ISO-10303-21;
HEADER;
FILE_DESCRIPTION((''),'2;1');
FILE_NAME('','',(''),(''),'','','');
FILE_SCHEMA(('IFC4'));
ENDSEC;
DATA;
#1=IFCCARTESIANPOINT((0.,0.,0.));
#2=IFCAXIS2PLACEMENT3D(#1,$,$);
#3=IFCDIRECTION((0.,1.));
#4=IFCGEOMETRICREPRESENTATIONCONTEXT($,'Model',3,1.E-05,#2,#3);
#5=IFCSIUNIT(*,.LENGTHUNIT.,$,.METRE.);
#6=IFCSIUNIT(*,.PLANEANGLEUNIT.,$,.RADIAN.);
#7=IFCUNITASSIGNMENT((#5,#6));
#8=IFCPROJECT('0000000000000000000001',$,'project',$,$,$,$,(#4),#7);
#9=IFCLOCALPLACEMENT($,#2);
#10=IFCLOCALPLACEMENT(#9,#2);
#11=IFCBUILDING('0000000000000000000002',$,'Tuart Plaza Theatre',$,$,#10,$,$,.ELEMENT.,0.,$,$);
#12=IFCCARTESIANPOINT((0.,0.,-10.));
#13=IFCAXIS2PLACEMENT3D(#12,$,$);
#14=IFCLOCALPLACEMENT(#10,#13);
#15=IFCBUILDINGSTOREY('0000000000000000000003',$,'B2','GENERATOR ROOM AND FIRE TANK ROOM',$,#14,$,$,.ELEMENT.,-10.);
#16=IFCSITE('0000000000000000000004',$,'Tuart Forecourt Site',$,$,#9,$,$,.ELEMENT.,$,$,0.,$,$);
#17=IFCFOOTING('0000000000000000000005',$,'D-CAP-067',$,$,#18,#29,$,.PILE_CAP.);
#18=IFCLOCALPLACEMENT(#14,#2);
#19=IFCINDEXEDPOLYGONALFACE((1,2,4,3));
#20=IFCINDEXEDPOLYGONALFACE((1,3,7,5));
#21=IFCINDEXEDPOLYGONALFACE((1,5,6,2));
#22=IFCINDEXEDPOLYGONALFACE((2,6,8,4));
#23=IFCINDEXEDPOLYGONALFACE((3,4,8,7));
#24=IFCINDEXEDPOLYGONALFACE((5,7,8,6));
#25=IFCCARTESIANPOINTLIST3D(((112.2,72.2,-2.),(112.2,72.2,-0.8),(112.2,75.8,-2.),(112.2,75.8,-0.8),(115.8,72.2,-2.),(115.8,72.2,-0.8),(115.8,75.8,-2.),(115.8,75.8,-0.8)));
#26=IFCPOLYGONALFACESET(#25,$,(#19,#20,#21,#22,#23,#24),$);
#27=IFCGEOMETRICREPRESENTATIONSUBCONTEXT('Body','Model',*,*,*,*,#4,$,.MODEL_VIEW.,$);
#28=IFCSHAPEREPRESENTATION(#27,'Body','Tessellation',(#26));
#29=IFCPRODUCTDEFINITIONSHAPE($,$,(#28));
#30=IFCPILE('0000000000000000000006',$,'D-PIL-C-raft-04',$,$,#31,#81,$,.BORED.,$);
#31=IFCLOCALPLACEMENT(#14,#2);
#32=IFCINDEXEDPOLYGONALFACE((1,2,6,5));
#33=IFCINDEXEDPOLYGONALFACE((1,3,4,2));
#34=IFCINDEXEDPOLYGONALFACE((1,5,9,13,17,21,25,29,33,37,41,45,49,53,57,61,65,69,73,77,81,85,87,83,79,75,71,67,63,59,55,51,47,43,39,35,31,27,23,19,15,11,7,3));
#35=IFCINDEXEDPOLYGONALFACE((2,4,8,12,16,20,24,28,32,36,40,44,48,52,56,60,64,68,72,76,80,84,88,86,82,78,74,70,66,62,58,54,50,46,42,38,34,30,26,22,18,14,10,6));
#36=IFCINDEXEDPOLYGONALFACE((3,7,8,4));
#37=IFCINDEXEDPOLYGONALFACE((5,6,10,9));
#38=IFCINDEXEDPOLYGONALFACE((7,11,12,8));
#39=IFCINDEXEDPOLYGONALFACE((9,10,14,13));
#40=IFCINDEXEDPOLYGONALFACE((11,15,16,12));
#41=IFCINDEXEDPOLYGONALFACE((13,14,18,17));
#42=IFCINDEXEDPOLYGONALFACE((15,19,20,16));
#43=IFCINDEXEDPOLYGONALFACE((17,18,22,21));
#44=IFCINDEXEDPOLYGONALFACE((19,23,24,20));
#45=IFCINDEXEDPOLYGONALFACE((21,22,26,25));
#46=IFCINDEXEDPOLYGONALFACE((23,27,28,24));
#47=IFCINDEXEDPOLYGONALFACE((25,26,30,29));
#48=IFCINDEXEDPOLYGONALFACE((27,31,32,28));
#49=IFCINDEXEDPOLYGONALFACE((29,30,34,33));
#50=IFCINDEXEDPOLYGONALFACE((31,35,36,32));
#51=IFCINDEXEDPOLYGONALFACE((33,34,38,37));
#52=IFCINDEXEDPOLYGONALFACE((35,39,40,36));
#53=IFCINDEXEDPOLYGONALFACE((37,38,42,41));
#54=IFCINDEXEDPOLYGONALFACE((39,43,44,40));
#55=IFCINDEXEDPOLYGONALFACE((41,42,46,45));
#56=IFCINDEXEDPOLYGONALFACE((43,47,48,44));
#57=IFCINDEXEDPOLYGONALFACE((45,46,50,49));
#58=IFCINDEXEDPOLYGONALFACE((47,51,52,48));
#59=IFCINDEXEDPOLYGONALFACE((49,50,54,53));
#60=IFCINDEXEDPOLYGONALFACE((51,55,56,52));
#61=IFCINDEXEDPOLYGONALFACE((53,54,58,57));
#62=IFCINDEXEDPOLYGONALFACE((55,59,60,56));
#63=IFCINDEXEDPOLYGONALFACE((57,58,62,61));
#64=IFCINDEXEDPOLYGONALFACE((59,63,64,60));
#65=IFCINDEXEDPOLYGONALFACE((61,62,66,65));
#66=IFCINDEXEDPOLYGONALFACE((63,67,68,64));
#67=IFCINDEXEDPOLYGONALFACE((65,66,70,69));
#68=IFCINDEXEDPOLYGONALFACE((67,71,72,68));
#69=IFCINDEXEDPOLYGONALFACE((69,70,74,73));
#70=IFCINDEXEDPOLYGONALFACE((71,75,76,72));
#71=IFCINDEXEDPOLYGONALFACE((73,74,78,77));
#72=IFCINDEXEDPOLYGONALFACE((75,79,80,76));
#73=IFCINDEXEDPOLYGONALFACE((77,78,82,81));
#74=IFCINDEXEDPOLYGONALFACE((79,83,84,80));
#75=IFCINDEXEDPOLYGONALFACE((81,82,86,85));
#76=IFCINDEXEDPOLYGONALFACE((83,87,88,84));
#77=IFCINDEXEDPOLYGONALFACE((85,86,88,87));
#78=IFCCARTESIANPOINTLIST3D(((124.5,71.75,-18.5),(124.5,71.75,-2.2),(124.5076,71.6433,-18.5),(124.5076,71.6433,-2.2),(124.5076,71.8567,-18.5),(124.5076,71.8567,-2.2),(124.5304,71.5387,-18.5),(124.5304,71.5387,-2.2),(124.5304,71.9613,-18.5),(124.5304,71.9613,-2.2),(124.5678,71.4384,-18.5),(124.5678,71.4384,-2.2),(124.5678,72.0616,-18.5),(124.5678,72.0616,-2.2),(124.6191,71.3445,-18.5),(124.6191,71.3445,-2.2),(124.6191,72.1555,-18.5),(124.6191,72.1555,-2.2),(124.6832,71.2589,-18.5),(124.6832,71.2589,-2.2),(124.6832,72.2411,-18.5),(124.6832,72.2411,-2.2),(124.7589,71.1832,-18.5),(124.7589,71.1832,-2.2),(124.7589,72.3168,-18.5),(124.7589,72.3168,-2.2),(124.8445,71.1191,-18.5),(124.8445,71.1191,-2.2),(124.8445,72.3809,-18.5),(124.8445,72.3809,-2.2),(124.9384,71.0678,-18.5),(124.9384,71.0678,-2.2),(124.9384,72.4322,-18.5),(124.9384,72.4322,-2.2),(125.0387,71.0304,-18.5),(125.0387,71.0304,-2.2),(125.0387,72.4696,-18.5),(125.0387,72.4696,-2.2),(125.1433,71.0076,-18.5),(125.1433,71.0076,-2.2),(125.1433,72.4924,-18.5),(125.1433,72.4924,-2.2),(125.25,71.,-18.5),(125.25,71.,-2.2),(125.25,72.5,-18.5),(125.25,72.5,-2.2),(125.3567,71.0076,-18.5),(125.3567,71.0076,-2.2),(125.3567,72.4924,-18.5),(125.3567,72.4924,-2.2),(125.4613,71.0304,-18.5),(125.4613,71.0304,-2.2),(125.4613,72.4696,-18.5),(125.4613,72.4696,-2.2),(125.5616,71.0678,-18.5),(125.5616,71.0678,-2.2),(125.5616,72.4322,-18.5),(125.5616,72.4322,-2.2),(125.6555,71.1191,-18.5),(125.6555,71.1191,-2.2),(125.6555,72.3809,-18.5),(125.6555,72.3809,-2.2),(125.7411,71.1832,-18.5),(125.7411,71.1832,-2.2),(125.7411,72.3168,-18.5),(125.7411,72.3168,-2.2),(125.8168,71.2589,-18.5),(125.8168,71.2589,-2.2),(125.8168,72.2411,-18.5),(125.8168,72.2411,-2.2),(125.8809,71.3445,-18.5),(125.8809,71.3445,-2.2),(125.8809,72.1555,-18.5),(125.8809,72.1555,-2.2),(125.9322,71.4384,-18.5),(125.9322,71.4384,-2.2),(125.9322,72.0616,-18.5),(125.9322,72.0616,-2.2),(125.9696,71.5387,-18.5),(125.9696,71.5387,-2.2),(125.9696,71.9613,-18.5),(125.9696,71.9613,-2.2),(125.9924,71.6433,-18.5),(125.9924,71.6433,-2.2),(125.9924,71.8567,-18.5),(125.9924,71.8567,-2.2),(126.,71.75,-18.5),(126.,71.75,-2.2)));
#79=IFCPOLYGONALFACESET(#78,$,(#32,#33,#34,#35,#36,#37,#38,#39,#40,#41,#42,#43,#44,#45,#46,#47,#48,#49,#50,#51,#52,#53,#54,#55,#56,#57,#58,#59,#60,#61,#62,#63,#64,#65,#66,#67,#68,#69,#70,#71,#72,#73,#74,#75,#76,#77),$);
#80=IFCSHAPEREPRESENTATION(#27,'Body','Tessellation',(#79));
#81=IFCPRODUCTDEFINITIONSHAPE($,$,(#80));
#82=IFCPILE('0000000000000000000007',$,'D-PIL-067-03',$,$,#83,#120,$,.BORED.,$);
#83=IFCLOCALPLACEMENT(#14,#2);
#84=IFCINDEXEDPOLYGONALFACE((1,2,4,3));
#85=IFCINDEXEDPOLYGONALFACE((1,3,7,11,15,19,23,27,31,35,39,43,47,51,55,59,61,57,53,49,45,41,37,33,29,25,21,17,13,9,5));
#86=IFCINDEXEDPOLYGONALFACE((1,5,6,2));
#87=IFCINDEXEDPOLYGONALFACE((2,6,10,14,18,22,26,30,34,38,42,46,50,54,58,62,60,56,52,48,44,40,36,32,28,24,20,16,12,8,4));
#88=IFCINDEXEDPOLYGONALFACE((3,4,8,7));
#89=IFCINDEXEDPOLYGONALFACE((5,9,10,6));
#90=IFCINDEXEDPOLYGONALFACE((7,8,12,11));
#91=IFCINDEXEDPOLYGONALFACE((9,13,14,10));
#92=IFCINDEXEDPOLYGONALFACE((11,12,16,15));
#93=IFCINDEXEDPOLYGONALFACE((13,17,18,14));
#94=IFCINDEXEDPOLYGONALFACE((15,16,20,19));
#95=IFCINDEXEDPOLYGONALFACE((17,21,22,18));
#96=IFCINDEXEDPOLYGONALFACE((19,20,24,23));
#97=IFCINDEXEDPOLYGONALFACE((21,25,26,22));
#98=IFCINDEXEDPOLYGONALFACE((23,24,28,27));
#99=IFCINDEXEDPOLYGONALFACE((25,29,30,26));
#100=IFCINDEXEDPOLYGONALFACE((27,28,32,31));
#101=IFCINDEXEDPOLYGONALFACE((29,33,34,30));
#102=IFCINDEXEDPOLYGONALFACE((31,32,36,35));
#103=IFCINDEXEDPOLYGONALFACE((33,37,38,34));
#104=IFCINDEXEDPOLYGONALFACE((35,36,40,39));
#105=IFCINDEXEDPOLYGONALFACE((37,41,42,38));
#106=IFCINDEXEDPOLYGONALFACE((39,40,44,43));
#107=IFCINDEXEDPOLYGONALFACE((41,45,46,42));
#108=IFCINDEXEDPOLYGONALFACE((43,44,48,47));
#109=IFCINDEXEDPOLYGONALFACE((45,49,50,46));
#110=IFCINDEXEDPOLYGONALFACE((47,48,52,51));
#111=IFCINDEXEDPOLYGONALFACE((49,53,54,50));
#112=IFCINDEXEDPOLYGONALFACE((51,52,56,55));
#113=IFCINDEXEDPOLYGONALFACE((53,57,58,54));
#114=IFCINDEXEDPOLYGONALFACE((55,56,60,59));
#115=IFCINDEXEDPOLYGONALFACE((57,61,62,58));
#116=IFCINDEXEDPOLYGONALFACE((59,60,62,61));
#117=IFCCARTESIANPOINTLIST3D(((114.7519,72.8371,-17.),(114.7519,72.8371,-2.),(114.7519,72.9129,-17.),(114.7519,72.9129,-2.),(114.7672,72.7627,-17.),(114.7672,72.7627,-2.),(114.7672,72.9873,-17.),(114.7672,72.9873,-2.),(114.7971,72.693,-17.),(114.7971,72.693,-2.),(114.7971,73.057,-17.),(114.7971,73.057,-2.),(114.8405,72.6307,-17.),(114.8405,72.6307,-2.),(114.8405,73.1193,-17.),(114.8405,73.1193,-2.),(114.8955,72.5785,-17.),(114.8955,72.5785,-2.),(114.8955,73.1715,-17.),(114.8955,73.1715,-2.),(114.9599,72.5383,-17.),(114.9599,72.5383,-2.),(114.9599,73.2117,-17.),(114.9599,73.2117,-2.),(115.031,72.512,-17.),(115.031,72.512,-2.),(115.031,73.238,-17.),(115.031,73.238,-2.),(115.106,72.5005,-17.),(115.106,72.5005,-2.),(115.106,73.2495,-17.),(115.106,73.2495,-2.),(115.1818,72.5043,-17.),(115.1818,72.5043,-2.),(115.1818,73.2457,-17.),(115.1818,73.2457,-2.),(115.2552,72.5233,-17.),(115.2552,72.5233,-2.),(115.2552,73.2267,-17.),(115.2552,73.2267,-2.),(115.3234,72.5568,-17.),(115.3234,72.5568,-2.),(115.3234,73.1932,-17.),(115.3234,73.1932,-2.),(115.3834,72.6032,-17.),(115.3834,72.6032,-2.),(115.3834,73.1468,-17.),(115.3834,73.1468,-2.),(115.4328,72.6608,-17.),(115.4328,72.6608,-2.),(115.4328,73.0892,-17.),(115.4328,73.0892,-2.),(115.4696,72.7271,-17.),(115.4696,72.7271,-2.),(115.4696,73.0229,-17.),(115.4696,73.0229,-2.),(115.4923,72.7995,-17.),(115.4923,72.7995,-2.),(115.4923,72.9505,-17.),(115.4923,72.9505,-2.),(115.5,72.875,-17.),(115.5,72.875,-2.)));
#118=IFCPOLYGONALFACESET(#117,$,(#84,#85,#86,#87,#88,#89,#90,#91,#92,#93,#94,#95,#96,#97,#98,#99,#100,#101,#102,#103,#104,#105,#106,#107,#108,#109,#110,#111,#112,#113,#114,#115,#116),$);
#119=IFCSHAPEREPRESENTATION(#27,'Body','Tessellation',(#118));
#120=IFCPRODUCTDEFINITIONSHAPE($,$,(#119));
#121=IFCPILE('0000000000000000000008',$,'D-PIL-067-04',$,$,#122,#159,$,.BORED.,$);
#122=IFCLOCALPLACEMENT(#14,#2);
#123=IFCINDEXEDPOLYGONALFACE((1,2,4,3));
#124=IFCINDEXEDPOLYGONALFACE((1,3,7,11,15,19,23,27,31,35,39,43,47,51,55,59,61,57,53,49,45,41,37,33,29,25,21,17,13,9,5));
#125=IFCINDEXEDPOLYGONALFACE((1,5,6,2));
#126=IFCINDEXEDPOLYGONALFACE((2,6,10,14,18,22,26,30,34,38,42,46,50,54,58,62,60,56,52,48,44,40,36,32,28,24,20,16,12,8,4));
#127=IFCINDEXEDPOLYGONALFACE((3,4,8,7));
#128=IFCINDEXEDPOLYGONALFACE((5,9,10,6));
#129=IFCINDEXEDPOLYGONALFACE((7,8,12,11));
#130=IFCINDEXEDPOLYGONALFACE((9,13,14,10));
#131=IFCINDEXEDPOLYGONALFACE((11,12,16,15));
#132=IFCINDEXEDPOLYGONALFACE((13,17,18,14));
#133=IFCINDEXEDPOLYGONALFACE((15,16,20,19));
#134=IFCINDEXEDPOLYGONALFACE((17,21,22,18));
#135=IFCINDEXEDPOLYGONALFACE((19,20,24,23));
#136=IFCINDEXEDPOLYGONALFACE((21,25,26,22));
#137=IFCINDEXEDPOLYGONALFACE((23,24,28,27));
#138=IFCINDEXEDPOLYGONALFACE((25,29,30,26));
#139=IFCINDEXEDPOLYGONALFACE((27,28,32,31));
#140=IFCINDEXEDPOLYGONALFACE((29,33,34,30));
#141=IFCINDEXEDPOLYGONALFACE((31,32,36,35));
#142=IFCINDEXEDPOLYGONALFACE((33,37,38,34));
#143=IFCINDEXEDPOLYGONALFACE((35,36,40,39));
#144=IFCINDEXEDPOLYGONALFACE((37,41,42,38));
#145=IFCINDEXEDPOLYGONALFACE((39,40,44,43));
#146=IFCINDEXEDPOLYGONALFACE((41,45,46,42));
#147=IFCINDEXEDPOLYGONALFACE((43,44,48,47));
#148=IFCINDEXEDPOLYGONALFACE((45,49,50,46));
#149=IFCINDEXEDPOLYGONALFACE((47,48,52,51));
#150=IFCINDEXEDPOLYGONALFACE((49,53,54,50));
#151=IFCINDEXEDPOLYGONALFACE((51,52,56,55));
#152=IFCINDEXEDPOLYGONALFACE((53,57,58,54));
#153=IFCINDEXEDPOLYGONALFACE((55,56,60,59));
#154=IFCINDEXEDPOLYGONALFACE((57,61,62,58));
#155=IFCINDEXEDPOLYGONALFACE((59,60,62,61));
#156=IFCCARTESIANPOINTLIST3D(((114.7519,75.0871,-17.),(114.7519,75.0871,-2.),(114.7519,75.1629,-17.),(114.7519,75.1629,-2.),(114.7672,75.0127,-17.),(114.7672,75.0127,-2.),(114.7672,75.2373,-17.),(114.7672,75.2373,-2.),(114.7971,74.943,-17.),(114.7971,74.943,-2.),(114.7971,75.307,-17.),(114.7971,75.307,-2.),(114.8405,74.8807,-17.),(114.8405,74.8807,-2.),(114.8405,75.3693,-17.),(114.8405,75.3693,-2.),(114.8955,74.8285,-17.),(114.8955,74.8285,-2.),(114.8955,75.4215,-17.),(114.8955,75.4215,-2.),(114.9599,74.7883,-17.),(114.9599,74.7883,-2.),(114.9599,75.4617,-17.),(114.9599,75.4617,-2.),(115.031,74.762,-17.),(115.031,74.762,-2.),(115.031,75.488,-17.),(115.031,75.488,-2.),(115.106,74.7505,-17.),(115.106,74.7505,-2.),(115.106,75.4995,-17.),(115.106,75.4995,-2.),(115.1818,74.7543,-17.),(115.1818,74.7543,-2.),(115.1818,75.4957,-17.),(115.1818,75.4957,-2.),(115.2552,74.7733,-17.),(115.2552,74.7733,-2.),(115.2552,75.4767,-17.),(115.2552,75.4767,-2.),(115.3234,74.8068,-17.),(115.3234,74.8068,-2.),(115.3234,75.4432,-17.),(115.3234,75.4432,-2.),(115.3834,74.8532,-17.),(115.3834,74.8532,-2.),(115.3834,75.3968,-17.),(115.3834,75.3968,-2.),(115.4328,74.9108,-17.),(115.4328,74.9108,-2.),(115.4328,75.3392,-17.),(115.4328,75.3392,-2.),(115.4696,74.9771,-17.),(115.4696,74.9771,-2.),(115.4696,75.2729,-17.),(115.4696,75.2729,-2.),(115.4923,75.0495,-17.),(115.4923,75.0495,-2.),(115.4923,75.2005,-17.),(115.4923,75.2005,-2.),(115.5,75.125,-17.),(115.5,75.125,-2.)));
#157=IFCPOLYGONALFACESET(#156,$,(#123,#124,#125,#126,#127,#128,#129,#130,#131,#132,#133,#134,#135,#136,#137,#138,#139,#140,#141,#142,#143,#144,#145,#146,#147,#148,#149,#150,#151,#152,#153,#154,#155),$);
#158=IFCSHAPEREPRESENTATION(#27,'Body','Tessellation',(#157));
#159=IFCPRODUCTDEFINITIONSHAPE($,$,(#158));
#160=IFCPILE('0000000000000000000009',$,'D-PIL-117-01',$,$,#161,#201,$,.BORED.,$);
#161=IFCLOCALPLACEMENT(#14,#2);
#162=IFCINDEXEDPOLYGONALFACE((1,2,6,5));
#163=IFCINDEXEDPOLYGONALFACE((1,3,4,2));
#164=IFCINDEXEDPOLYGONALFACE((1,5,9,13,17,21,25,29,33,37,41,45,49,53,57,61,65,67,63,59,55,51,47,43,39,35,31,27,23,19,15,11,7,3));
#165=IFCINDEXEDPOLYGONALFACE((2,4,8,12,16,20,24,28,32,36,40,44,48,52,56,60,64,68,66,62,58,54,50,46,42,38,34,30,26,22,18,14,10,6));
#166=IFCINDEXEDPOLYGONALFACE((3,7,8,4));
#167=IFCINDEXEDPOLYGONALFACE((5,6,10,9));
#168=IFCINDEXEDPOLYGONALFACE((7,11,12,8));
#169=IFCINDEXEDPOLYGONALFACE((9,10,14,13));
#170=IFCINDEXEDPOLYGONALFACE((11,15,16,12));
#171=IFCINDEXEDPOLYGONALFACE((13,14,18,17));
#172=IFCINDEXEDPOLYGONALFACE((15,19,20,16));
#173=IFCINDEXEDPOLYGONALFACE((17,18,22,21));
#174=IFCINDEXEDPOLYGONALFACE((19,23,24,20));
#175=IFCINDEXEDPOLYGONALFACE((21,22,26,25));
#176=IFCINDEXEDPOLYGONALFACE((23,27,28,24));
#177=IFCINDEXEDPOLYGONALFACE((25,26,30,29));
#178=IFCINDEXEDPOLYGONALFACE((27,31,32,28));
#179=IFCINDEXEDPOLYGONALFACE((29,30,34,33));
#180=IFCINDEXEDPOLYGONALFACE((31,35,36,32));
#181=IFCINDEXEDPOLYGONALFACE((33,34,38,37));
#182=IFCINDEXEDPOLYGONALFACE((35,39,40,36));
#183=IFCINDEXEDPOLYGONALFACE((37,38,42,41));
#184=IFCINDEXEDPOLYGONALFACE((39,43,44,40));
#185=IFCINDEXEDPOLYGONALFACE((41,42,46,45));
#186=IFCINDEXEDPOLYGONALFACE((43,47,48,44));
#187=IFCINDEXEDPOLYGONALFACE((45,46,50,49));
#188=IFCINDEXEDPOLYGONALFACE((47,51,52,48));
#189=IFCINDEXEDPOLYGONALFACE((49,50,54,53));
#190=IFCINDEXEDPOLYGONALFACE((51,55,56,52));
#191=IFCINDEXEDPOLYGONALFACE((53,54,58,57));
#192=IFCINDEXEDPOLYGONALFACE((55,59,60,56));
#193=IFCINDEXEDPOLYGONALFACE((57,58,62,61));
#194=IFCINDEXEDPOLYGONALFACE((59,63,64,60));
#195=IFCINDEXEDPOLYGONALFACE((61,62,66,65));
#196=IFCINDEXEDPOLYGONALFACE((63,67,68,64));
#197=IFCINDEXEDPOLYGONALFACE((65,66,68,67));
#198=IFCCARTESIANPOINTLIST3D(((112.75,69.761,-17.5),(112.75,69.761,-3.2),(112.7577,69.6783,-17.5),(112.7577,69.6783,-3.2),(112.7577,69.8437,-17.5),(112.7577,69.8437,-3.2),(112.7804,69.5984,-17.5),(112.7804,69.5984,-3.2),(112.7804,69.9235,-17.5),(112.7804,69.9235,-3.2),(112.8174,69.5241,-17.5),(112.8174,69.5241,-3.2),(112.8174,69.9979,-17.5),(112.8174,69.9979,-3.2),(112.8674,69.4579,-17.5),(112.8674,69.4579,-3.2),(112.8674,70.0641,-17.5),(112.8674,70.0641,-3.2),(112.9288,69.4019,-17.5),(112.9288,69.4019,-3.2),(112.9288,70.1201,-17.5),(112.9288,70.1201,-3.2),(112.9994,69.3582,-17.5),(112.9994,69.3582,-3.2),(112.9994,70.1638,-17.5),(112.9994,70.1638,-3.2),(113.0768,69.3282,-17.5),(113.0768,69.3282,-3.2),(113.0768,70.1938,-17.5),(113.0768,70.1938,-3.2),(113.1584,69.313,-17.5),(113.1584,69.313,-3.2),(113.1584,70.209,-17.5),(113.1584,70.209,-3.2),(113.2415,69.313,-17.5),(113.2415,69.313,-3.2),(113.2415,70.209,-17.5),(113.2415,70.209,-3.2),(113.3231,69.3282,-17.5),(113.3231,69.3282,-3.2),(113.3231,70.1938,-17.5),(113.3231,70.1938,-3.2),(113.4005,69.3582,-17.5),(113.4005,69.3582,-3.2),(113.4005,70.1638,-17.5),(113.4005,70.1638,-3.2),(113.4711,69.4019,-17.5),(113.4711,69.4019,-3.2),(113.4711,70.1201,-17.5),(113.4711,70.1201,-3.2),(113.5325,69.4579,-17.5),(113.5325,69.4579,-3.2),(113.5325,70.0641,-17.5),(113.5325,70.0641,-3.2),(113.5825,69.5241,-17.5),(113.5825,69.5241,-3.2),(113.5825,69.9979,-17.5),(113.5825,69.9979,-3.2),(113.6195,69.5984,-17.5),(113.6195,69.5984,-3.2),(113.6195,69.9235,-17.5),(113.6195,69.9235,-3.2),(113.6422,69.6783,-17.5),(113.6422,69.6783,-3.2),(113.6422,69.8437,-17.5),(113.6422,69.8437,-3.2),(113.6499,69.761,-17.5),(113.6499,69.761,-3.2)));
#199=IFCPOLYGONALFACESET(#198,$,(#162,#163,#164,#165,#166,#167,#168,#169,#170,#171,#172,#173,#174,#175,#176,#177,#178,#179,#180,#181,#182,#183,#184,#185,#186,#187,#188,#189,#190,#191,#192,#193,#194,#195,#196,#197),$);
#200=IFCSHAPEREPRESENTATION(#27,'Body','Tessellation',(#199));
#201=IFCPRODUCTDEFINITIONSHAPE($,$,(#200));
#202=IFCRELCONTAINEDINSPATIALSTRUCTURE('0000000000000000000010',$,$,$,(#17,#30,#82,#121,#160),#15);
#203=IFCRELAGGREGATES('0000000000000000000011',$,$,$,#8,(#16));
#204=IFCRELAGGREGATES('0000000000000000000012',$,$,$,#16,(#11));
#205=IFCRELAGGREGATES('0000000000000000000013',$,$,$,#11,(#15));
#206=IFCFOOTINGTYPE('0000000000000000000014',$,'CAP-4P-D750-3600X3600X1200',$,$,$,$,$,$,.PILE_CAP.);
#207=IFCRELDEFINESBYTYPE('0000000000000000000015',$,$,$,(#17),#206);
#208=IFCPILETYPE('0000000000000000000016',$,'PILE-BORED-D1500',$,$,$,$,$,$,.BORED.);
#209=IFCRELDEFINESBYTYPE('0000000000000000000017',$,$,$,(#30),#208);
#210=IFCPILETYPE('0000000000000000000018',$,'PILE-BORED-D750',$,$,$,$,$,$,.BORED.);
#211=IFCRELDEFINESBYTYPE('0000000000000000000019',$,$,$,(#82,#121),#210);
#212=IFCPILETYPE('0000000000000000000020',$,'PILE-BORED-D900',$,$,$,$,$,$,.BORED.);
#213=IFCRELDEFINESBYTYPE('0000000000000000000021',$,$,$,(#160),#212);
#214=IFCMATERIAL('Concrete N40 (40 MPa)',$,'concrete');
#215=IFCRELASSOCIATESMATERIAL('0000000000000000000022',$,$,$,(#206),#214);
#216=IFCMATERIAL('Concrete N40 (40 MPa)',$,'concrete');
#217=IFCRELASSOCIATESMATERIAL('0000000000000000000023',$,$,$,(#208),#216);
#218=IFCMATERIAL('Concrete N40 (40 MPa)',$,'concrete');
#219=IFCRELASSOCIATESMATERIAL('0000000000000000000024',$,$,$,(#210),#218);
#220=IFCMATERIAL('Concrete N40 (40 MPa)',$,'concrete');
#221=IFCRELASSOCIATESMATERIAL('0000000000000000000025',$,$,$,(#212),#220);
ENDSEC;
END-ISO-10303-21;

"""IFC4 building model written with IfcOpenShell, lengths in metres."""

from ifc_helpers import new_model, si_unit, direction, frame, origin, origin_2d, place, context, subcontext, project, spatial, rectangle, circle, extrude, material, material_profile, profile_set, type_object, element, save


model = new_model("IFC4")

# Units and contexts
model_context = context("Model", 3, precision=1e-05, world=origin(), true_north=direction((0.0, 1.0)))
body_context = subcontext(model_context, "Body", "Model", "MODEL_VIEW")
ifc_project = project(units=[si_unit("LENGTHUNIT", "METRE"), si_unit("PLANEANGLEUNIT", "RADIAN")], contexts=[model_context])

# Site, building, storey
site_placement = place(None, origin())
site = spatial("IfcSite", under=ifc_project, at=site_placement, Name="Tuart Forecourt Site", CompositionType="ELEMENT", RefElevation=0.0)
building_placement = place(site_placement, origin())
building = spatial("IfcBuilding", under=site, at=building_placement, Name="Tuart Plaza Theatre", CompositionType="ELEMENT", ElevationOfRefHeight=0.0)
storey_placement = place(building_placement, frame((0.0, 0.0, -10.0)))
storey = spatial("IfcBuildingStorey", under=building, at=storey_placement, Name="B2", Description="GENERATOR ROOM AND FIRE TANK ROOM", CompositionType="ELEMENT", Elevation=-10.0)

# Footing
ifc_material_1 = material(Name="Concrete N40 (40 MPa)", Category="concrete")
footing_type = type_object("IfcFootingType", Name="CAP-4P-D750-3600X3600X1200", PredefinedType="PILE_CAP", material=ifc_material_1)
footing_placement = place(storey_placement, frame((114.0, 74.0, -2.0), z_axis=(0.0, 0.0, 1.0), x_axis=(0.0, 1.0, 0.0)))
element("IfcFooting", 1, at=footing_placement, inside=storey, type_object=footing_type, Name="D-CAP-067", PredefinedType="PILE_CAP", context=body_context, shape_type="SweptSolid", body=[
    extrude(rectangle(XDim=3.6001, YDim=3.6001, at=origin_2d()), origin(), (0.0, 0.0, 1.0), 1.2),
])

# Piles
ifc_material_2 = material(Name="Concrete N40 (40 MPa)", Category="concrete")
ifc_material_profile_1 = material_profile(ifc_material_2, circle(Radius=0.75, at=origin_2d()), Name="PILE-BORED-D1500")
ifc_profile_set_1 = profile_set([ifc_material_profile_1], Name="Concrete N40 (40 MPa)")
pile_type_1 = type_object("IfcPileType", Name="PILE-BORED-D1500", PredefinedType="BORED", material=ifc_profile_set_1)
pile_1_placement = place(storey_placement, frame((125.25, 71.75, -2.2), z_axis=(0.0, 0.0, -1.0), x_axis=(1.0, 0.0, 0.0)))
element("IfcPile", 2, at=pile_1_placement, inside=storey, type_object=pile_type_1, Name="D-PIL-C-raft-04", PredefinedType="BORED", context=body_context, shape_type="SweptSolid", body=[
    extrude(circle(Radius=0.75, at=origin_2d()), origin(), (0.0, 0.0, 1.0), 16.3),
])
ifc_material_3 = material(Name="Concrete N40 (40 MPa)", Category="concrete")
ifc_material_profile_2 = material_profile(ifc_material_3, circle(Radius=0.375, at=origin_2d()), Name="PILE-BORED-D750")
ifc_profile_set_2 = profile_set([ifc_material_profile_2], Name="Concrete N40 (40 MPa)")
pile_type_2 = type_object("IfcPileType", Name="PILE-BORED-D750", PredefinedType="BORED", material=ifc_profile_set_2)
for number, where, z_axis, x_axis, name in (
    (3, (115.125, 72.875, -2.0), (0.0, 0.0, -1.0), (1.0, 0.0, 0.0), "D-PIL-067-03"),
    (4, (115.125, 75.125, -2.0), (0.0, 0.0, -1.0), (1.0, 0.0, 0.0), "D-PIL-067-04"),
):
    element("IfcPile", number, at=place(storey_placement, frame(where, z_axis=z_axis, x_axis=x_axis)), inside=storey, type_object=pile_type_2, Name=name, PredefinedType="BORED", context=body_context, shape_type="SweptSolid", body=[
        extrude(circle(Radius=0.375, at=origin_2d()), origin(), (0.0, 0.0, 1.0), 15.0),
    ])
ifc_material_4 = material(Name="Concrete N40 (40 MPa)", Category="concrete")
ifc_material_profile_3 = material_profile(ifc_material_4, circle(Radius=0.45, at=origin_2d()), Name="PILE-BORED-D900")
ifc_profile_set_3 = profile_set([ifc_material_profile_3], Name="Concrete N40 (40 MPa)")
pile_type_3 = type_object("IfcPileType", Name="PILE-BORED-D900", PredefinedType="BORED", material=ifc_profile_set_3)
pile_2_placement = place(storey_placement, frame((113.2, 69.761, -3.2), z_axis=(0.0, 0.0, -1.0), x_axis=(1.0, 0.0, 0.0)))
element("IfcPile", 5, at=pile_2_placement, inside=storey, type_object=pile_type_3, Name="D-PIL-117-01", PredefinedType="BORED", context=body_context, shape_type="SweptSolid", body=[
    extrude(circle(Radius=0.45, at=origin_2d()), origin(), (0.0, 0.0, 1.0), 14.3),
])

save(model, "model.ifc")
